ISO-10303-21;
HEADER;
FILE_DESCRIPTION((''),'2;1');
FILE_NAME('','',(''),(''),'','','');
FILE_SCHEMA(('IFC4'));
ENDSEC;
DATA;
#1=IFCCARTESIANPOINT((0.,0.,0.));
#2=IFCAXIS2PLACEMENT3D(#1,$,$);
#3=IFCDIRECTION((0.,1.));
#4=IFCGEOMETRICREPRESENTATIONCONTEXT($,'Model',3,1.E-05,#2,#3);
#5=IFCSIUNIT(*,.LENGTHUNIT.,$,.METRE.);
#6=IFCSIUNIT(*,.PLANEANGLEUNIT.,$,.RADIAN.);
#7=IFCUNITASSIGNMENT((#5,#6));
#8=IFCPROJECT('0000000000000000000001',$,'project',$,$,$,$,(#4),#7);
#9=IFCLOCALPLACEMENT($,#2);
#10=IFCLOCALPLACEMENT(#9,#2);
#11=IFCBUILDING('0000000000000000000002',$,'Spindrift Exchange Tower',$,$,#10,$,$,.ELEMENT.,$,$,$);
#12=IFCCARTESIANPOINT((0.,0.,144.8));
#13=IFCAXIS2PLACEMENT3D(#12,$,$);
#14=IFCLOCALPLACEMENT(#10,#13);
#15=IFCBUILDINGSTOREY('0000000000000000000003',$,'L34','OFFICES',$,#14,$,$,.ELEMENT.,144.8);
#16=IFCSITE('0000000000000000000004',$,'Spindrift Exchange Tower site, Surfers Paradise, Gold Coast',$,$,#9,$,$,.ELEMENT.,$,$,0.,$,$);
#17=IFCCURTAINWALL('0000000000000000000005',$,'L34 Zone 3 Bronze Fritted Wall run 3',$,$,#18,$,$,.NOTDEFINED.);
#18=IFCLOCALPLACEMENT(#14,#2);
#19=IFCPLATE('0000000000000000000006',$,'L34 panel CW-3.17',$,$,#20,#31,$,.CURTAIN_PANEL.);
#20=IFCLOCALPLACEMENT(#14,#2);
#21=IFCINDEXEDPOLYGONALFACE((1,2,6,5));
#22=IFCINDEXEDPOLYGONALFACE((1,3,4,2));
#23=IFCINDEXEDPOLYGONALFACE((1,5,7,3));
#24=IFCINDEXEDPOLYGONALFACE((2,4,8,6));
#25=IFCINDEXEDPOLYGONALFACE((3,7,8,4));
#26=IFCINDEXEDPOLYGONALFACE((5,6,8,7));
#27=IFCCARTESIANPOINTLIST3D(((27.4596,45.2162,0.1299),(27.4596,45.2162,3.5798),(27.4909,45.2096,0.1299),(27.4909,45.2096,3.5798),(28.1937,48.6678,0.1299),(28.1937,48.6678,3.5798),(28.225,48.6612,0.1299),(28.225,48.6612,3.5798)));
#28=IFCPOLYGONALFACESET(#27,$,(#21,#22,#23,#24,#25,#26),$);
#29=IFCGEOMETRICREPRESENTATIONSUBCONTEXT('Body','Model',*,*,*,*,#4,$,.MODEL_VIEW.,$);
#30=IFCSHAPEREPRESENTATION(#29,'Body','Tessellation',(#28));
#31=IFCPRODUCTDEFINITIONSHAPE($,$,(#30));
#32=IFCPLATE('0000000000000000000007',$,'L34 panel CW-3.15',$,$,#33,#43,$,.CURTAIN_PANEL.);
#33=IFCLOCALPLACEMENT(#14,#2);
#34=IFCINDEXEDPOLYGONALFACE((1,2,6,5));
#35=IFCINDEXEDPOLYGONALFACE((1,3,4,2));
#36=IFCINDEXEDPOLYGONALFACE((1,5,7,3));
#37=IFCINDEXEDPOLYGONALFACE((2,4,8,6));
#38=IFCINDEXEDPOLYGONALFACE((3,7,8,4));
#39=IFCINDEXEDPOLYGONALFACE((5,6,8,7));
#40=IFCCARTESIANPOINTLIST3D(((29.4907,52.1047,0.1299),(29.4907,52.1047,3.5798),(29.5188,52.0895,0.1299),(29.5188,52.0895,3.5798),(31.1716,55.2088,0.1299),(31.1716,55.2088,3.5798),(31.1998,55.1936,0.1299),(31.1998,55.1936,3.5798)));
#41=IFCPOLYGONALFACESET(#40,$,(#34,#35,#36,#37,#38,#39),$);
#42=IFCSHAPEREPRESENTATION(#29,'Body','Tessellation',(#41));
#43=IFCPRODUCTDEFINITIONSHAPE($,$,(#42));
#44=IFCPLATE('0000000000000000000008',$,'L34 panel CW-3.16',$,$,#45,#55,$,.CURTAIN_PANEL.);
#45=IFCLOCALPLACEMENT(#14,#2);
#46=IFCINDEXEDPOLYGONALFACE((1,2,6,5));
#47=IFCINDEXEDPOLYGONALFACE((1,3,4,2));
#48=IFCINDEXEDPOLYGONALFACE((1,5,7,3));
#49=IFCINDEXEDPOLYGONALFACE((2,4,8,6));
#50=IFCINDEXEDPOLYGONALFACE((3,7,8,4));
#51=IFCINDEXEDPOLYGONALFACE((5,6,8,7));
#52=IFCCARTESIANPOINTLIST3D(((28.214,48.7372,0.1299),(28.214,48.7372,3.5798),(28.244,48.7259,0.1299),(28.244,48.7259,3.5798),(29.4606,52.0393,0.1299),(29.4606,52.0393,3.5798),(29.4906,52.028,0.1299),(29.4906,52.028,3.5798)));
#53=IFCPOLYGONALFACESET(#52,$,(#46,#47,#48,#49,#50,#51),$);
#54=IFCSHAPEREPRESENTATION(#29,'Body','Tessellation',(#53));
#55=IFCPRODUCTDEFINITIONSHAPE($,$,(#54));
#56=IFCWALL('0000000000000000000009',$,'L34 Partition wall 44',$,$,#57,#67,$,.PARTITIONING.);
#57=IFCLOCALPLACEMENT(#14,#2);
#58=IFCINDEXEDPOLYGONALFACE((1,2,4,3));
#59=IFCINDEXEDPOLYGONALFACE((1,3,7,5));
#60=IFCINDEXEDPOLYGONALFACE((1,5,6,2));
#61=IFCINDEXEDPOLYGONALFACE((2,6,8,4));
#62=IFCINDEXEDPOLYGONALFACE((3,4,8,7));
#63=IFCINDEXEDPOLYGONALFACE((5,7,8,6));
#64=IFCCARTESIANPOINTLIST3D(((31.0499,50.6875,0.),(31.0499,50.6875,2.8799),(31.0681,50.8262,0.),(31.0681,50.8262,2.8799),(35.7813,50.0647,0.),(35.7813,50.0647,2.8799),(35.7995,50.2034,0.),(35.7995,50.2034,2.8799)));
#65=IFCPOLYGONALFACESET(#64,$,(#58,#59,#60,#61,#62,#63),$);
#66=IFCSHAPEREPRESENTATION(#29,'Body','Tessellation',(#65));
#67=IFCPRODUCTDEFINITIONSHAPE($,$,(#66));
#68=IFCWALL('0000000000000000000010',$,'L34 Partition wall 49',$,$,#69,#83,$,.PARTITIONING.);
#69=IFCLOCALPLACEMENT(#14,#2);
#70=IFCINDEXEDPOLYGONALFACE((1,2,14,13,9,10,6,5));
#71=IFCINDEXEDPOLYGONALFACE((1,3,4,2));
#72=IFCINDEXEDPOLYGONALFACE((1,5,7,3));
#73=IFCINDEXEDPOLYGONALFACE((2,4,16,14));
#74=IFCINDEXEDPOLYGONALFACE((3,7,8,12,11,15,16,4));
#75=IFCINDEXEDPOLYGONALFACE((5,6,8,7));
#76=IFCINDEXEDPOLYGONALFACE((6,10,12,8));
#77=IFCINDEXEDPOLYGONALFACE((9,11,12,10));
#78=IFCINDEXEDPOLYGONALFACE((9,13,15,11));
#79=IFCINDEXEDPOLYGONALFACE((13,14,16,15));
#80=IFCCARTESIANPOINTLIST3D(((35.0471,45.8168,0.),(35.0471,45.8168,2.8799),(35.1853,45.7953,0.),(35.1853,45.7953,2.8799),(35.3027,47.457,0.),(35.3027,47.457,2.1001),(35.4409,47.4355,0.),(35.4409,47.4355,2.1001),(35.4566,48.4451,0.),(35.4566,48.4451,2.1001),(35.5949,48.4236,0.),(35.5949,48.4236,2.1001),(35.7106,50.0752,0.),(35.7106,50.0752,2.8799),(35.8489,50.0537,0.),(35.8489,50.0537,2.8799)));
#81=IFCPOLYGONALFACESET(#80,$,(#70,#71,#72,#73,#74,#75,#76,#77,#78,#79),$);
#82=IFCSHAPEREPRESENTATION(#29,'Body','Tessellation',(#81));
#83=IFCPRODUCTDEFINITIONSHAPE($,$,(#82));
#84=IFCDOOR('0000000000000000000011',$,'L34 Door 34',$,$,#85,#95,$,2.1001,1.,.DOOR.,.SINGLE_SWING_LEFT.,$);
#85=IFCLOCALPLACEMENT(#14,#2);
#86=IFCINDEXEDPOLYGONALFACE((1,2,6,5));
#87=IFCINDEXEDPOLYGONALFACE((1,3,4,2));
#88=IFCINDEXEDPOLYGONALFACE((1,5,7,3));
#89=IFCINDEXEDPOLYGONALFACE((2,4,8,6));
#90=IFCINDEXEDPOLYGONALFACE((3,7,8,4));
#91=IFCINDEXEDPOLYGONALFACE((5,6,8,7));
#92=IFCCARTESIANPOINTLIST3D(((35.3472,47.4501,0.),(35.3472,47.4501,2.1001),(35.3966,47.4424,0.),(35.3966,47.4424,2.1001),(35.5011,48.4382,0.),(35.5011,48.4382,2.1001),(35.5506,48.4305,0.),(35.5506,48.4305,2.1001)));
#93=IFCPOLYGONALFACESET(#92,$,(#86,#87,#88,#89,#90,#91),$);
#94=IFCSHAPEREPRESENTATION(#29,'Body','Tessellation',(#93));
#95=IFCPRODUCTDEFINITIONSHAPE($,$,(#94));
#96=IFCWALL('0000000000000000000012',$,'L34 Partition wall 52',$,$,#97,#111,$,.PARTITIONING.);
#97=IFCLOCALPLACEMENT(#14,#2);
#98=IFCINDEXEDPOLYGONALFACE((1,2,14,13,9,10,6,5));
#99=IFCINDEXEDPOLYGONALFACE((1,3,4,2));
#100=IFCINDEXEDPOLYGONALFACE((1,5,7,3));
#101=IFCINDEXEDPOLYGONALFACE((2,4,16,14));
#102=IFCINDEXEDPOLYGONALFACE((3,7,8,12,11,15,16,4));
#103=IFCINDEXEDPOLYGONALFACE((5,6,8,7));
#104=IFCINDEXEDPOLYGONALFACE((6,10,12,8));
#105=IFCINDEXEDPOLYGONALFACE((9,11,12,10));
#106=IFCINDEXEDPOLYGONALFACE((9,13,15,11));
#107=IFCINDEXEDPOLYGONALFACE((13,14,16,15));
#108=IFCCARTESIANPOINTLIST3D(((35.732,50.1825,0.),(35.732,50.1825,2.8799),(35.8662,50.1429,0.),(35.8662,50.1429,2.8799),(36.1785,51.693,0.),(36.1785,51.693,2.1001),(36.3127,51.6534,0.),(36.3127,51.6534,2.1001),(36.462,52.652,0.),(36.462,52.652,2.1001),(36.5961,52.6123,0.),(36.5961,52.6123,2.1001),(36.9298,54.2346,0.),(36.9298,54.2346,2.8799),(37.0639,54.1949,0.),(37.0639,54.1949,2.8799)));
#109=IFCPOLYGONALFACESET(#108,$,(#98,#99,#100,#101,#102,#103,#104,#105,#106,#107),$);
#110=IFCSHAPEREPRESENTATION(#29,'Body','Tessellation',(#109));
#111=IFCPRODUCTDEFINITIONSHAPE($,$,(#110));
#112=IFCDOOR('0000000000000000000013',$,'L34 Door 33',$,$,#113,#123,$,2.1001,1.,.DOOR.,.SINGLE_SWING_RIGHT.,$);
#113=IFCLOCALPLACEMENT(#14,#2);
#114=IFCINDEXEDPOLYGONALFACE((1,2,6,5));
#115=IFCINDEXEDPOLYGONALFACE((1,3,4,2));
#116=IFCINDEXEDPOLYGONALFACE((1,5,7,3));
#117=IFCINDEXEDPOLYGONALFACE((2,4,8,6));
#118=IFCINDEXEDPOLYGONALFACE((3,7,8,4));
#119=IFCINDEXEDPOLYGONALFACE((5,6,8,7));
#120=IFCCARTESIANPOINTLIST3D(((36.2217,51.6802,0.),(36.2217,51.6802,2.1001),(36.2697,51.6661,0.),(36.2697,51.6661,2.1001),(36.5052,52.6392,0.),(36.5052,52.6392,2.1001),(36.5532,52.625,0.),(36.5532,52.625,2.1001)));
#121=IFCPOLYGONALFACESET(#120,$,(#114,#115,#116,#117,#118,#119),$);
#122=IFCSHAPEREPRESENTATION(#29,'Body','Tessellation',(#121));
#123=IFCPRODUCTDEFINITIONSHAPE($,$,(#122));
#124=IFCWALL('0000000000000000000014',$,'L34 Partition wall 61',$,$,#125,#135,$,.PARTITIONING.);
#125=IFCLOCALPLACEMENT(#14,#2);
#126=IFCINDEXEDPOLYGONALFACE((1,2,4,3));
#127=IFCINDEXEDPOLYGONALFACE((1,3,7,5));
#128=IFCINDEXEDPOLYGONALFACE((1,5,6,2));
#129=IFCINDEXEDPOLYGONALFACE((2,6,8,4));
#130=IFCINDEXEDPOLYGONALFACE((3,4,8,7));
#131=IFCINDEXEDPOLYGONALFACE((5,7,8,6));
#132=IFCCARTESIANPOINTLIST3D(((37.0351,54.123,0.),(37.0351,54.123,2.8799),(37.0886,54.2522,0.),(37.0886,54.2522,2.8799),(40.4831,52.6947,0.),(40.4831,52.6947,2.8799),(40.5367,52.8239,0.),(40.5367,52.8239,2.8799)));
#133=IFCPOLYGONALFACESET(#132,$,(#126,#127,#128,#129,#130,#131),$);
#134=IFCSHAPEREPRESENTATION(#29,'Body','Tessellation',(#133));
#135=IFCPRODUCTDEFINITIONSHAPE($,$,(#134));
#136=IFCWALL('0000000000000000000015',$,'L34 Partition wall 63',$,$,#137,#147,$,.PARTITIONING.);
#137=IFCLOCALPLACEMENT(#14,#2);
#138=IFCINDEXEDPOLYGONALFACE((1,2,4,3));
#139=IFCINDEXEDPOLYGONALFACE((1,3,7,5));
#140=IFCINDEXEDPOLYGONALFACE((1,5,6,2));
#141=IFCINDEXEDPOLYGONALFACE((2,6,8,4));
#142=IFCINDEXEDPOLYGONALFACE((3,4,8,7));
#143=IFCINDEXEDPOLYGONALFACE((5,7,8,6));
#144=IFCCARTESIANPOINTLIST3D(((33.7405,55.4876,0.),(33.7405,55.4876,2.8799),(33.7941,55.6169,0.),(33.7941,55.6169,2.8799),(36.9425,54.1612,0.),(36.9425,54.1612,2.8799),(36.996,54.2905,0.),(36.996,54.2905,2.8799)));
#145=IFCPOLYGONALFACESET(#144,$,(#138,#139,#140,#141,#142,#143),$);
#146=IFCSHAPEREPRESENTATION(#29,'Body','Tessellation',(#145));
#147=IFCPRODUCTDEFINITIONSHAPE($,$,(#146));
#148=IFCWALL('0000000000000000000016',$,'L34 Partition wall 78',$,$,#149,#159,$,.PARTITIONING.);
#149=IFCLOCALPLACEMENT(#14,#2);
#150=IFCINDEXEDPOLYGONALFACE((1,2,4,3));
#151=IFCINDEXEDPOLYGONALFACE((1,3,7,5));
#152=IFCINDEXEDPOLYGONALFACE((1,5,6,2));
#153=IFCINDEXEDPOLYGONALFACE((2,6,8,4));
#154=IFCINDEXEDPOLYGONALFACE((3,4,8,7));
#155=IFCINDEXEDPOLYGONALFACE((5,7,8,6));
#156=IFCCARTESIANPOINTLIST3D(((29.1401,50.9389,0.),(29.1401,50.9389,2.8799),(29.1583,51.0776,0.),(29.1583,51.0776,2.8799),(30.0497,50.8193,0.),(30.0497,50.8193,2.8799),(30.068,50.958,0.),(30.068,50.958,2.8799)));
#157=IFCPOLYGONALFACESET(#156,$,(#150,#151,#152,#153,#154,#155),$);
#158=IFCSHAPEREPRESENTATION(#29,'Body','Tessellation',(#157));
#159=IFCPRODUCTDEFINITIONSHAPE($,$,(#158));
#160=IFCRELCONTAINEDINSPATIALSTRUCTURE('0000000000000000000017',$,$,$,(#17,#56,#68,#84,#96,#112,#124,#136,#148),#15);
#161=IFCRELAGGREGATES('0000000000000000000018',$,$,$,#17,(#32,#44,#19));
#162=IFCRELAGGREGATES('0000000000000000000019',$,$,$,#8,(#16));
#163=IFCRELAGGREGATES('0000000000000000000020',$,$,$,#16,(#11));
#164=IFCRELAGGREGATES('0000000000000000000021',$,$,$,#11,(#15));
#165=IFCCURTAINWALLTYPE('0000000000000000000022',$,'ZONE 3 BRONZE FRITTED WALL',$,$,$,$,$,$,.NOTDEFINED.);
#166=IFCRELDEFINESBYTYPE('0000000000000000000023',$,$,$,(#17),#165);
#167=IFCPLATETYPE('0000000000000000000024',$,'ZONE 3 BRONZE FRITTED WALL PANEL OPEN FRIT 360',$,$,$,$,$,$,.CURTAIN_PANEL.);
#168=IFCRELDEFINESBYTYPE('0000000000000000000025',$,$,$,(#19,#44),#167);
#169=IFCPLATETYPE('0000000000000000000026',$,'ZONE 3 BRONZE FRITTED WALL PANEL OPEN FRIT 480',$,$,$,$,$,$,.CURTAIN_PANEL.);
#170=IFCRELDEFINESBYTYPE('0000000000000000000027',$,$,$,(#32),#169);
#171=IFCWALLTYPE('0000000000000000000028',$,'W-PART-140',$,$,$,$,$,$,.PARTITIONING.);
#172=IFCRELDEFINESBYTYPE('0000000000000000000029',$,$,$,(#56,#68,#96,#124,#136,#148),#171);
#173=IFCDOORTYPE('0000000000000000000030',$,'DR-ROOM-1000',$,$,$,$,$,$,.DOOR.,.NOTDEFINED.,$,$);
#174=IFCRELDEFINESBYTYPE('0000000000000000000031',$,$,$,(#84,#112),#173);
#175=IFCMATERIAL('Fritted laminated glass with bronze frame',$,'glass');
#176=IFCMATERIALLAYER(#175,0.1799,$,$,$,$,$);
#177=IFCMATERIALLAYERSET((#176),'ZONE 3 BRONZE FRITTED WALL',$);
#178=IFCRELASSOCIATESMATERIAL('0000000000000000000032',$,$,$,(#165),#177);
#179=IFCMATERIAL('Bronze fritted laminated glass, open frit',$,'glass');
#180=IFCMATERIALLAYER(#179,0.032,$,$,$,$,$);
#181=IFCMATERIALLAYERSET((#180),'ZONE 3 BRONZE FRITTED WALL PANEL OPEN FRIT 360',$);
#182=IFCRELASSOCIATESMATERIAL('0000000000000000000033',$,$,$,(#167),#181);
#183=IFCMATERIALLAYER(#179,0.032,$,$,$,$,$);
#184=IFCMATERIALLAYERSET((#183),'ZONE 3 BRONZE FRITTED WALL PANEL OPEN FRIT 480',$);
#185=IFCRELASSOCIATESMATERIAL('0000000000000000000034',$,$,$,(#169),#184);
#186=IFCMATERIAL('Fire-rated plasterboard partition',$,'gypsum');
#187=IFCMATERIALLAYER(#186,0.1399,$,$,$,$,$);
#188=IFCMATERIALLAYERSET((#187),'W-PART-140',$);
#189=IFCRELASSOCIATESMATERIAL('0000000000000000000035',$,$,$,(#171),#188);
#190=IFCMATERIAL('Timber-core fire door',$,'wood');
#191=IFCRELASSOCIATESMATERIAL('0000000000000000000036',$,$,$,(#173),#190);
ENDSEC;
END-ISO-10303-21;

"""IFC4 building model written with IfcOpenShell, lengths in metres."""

from ifc_helpers import new_model, si_unit, direction, frame, frame_2d, origin, origin_2d, place, context, subcontext, project, spatial, rectangle, extrude, source, transform, mapped, material, layer, layer_set, type_object, element, fill, aggregate, save


model = new_model("IFC4")

# Units and contexts
model_context = context("Model", 3, precision=1e-05, world=origin(), true_north=direction((0.0, 1.0)))
body_context = subcontext(model_context, "Body", "Model", "MODEL_VIEW")
ifc_project = project(units=[si_unit("LENGTHUNIT", "METRE"), si_unit("PLANEANGLEUNIT", "RADIAN")], contexts=[model_context])

# Site, building, storey
site_placement = place(None, origin())
site = spatial("IfcSite", under=ifc_project, at=site_placement, Name="Spindrift Exchange Tower site, Surfers Paradise, Gold Coast", CompositionType="ELEMENT", RefElevation=0.0)
building_placement = place(site_placement, origin())
building = spatial("IfcBuilding", under=site, at=building_placement, Name="Spindrift Exchange Tower", CompositionType="ELEMENT")
storey_placement = place(building_placement, frame((0.0, 0.0, 144.8)))
storey = spatial("IfcBuildingStorey", under=building, at=storey_placement, Name="L34", Description="OFFICES", CompositionType="ELEMENT", Elevation=144.8)

# Curtain wall, plates
ifc_material_1 = material(Name="Fritted laminated glass with bronze frame", Category="glass")
ifc_layer_1 = layer(ifc_material_1, 0.1799)
ifc_layer_set_1 = layer_set([ifc_layer_1], Name="ZONE 3 BRONZE FRITTED WALL")
curtain_wall_type = type_object("IfcCurtainWallType", Name="ZONE 3 BRONZE FRITTED WALL", PredefinedType="NOTDEFINED", material=ifc_layer_set_1)
curtain_wall_placement = place(storey_placement, origin())
curtain_wall = element("IfcCurtainWall", 1, at=curtain_wall_placement, inside=storey, type_object=curtain_wall_type, Name="L34 Zone 3 Bronze Fritted Wall run 3", PredefinedType="NOTDEFINED")
ifc_material_2 = material(Name="Bronze fritted laminated glass, open frit", Category="glass")
ifc_layer_2 = layer(ifc_material_2, 0.032)
ifc_layer_set_2 = layer_set([ifc_layer_2], Name="ZONE 3 BRONZE FRITTED WALL PANEL OPEN FRIT 360")
plate_type_1 = type_object("IfcPlateType", Name="ZONE 3 BRONZE FRITTED WALL PANEL OPEN FRIT 360", PredefinedType="CURTAIN_PANEL", material=ifc_layer_set_2)
shared_shape_1 = source(origin(), body_context, "Body", "SweptSolid", [
    extrude(rectangle(XDim=3.5288, YDim=0.032, at=origin_2d()), origin(), (0.0, 0.0, 1.0), 3.45),
])
plate_1_placement = place(storey_placement, frame((27.8423, 46.9387, 0.1299), z_axis=(0.0, 0.0, 1.0), x_axis=(-0.208045, -0.978119, 0.0)))
plate_1 = element("IfcPlate", 2, at=plate_1_placement, type_object=plate_type_1, Name="L34 panel CW-3.17", PredefinedType="CURTAIN_PANEL", context=body_context, shape_type="MappedRepresentation", body=[
    mapped(shared_shape_1, transform((0.0, 0.0, 0.0), scale=1.0)),
])
ifc_layer_3 = layer(ifc_material_2, 0.032)
ifc_layer_set_3 = layer_set([ifc_layer_3], Name="ZONE 3 BRONZE FRITTED WALL PANEL OPEN FRIT 480")
plate_type_2 = type_object("IfcPlateType", Name="ZONE 3 BRONZE FRITTED WALL PANEL OPEN FRIT 480", PredefinedType="CURTAIN_PANEL", material=ifc_layer_set_3)
shared_shape_2 = source(origin(), body_context, "Body", "SweptSolid", [
    extrude(rectangle(XDim=3.53, YDim=0.032, at=origin_2d()), origin(), (0.0, 0.0, 1.0), 3.45),
])
plate_2_placement = place(storey_placement, frame((30.3452, 53.6492, 0.1299), z_axis=(0.0, 0.0, 1.0), x_axis=(-0.476186, -0.879345, 0.0)))
plate_2 = element("IfcPlate", 3, at=plate_2_placement, type_object=plate_type_2, Name="L34 panel CW-3.15", PredefinedType="CURTAIN_PANEL", context=body_context, shape_type="MappedRepresentation", body=[
    mapped(shared_shape_2, transform((0.0, 0.0, 0.0), scale=1.0)),
])
shared_shape_3 = source(origin(), body_context, "Body", "SweptSolid", [
    extrude(rectangle(XDim=3.5295, YDim=0.032, at=origin_2d()), origin(), (0.0, 0.0, 1.0), 3.45),
])
plate_3_placement = place(storey_placement, frame((28.8523, 50.3826, 0.1299), z_axis=(0.0, 0.0, 1.0), x_axis=(-0.353189, -0.935552, 0.0)))
plate_3 = element("IfcPlate", 4, at=plate_3_placement, type_object=plate_type_1, Name="L34 panel CW-3.16", PredefinedType="CURTAIN_PANEL", context=body_context, shape_type="MappedRepresentation", body=[
    mapped(shared_shape_3, transform((0.0, 0.0, 0.0), scale=1.0)),
])
aggregate(curtain_wall, [plate_2, plate_3, plate_1])

# Wall
ifc_material_3 = material(Name="Fire-rated plasterboard partition", Category="gypsum")
ifc_layer_4 = layer(ifc_material_3, 0.1399)
ifc_layer_set_4 = layer_set([ifc_layer_4], Name="W-PART-140")
wall_type = type_object("IfcWallType", Name="W-PART-140", PredefinedType="PARTITIONING", material=ifc_layer_set_4)
wall_1_placement = place(storey_placement, frame((35.7905, 50.134, 0.0), z_axis=(0.0, 0.0, 1.0), x_axis=(-0.991448, 0.130505, 0.0)))
element("IfcWall", 5, at=wall_1_placement, inside=storey, type_object=wall_type, Name="L34 Partition wall 44", PredefinedType="PARTITIONING", context=body_context, shape_type="SweptSolid", body=[
    extrude(rectangle(XDim=4.7722, YDim=0.1399, at=frame_2d((2.3862, 0.0))), origin(), (0.0, 0.0, 1.0), 2.8799),
])

# Walls, openings, doors
wall_2_placement = place(storey_placement, frame((35.1162, 45.8062, 0.0), z_axis=(0.0, 0.0, 1.0), x_axis=(0.153964, 0.988076, 0.0)))
wall_2 = element("IfcWall", 6, at=wall_2_placement, inside=storey, type_object=wall_type, Name="L34 Partition wall 49", PredefinedType="PARTITIONING", context=body_context, shape_type="SweptSolid", body=[
    extrude(rectangle(XDim=4.3098, YDim=0.1399, at=frame_2d((2.1548, 0.0))), origin(), (0.0, 0.0, 1.0), 2.8799),
])
opening_1_placement = place(wall_2_placement, frame((1.6599, 0.0, 0.0)))
opening_1 = element("IfcOpeningElement", 7, at=opening_1_placement, cuts=wall_2, PredefinedType="OPENING", context=body_context, shape_type="SweptSolid", body=[
    extrude(rectangle(XDim=1.0, YDim=2.1001, at=frame_2d((0.5, 1.05))), frame((0.0, 0.0798, 0.0), z_axis=(0.0, -1.0, 0.0), x_axis=(1.0, 0.0, 0.0)), (0.0, 0.0, 1.0), 0.1599),
])
ifc_material_4 = material(Name="Timber-core fire door", Category="wood")
door_type = type_object("IfcDoorType", Name="DR-ROOM-1000", OperationType="NOTDEFINED", PredefinedType="DOOR", material=ifc_material_4)
shared_shape_4 = source(origin(), body_context, "Body", "SweptSolid", [
    extrude(rectangle(XDim=1.0, YDim=2.1001, at=frame_2d((0.5, 1.05))), frame((0.0, 0.0249, 0.0), z_axis=(0.0, -1.0, 0.0), x_axis=(1.0, 0.0, 0.0)), (0.0, 0.0, 1.0), 0.05),
])
door_1_placement = place(opening_1_placement, origin())
door_1 = element("IfcDoor", 8, at=door_1_placement, inside=storey, type_object=door_type, Name="L34 Door 34", OperationType="SINGLE_SWING_LEFT", OverallHeight=2.1001, OverallWidth=1.0, PredefinedType="DOOR", context=body_context, shape_type="MappedRepresentation", body=[
    mapped(shared_shape_4, transform((0.0, 0.0, 0.0), scale=1.0)),
])
fill(opening_1, door_1)
wall_3_placement = place(storey_placement, frame((35.7991, 50.1626, 0.0), z_axis=(0.0, 0.0, 1.0), x_axis=(0.283471, 0.958981, 0.0)))
wall_3 = element("IfcWall", 9, at=wall_3_placement, inside=storey, type_object=wall_type, Name="L34 Partition wall 52", PredefinedType="PARTITIONING", context=body_context, shape_type="SweptSolid", body=[
    extrude(rectangle(XDim=4.2253, YDim=0.1399, at=frame_2d((2.1128, 0.0))), origin(), (0.0, 0.0, 1.0), 2.8799),
])
opening_2_placement = place(wall_3_placement, frame((1.5752, 0.0, 0.0)))
opening_2 = element("IfcOpeningElement", 10, at=opening_2_placement, cuts=wall_3, PredefinedType="OPENING", context=body_context, shape_type="SweptSolid", body=[
    extrude(rectangle(XDim=1.0, YDim=2.1001, at=frame_2d((0.5, 1.05))), frame((0.0, 0.0798, 0.0), z_axis=(0.0, -1.0, 0.0), x_axis=(1.0, 0.0, 0.0)), (0.0, 0.0, 1.0), 0.1599),
])
door_2_placement = place(opening_2_placement, origin())
door_2 = element("IfcDoor", 11, at=door_2_placement, inside=storey, type_object=door_type, Name="L34 Door 33", OperationType="SINGLE_SWING_RIGHT", OverallHeight=2.1001, OverallWidth=1.0, PredefinedType="DOOR", context=body_context, shape_type="MappedRepresentation", body=[
    mapped(shared_shape_4, transform((0.0, 0.0, 0.0), scale=1.0)),
])
fill(opening_2, door_2)

# Walls
wall_4_placement = place(storey_placement, frame((40.51, 52.7593, 0.0), z_axis=(0.0, 0.0, 1.0), x_axis=(-0.923878, 0.382687, 0.0)))
element("IfcWall", 12, at=wall_4_placement, inside=storey, type_object=wall_type, Name="L34 Partition wall 61", PredefinedType="PARTITIONING", context=body_context, shape_type="SweptSolid", body=[
    extrude(rectangle(XDim=3.7322, YDim=0.1399, at=frame_2d((1.8662, 0.0))), origin(), (0.0, 0.0, 1.0), 2.8799),
])
wall_5_placement = place(storey_placement, frame((36.9692, 54.2258, 0.0), z_axis=(0.0, 0.0, 1.0), x_axis=(-0.923865, 0.382719, 0.0)))
element("IfcWall", 13, at=wall_5_placement, inside=storey, type_object=wall_type, Name="L34 Partition wall 63", PredefinedType="PARTITIONING", context=body_context, shape_type="SweptSolid", body=[
    extrude(rectangle(XDim=3.4658, YDim=0.1399, at=frame_2d((1.7329, 0.0))), origin(), (0.0, 0.0, 1.0), 2.8799),
])
wall_6_placement = place(storey_placement, frame((30.0588, 50.8887, 0.0), z_axis=(0.0, 0.0, 1.0), x_axis=(-0.991463, 0.130386, 0.0)))
element("IfcWall", 14, at=wall_6_placement, inside=storey, type_object=wall_type, Name="L34 Partition wall 78", PredefinedType="PARTITIONING", context=body_context, shape_type="SweptSolid", body=[
    extrude(rectangle(XDim=0.9175, YDim=0.1399, at=frame_2d((0.4587, 0.0))), origin(), (0.0, 0.0, 1.0), 2.8799),
])

save(model, "model.ifc")
